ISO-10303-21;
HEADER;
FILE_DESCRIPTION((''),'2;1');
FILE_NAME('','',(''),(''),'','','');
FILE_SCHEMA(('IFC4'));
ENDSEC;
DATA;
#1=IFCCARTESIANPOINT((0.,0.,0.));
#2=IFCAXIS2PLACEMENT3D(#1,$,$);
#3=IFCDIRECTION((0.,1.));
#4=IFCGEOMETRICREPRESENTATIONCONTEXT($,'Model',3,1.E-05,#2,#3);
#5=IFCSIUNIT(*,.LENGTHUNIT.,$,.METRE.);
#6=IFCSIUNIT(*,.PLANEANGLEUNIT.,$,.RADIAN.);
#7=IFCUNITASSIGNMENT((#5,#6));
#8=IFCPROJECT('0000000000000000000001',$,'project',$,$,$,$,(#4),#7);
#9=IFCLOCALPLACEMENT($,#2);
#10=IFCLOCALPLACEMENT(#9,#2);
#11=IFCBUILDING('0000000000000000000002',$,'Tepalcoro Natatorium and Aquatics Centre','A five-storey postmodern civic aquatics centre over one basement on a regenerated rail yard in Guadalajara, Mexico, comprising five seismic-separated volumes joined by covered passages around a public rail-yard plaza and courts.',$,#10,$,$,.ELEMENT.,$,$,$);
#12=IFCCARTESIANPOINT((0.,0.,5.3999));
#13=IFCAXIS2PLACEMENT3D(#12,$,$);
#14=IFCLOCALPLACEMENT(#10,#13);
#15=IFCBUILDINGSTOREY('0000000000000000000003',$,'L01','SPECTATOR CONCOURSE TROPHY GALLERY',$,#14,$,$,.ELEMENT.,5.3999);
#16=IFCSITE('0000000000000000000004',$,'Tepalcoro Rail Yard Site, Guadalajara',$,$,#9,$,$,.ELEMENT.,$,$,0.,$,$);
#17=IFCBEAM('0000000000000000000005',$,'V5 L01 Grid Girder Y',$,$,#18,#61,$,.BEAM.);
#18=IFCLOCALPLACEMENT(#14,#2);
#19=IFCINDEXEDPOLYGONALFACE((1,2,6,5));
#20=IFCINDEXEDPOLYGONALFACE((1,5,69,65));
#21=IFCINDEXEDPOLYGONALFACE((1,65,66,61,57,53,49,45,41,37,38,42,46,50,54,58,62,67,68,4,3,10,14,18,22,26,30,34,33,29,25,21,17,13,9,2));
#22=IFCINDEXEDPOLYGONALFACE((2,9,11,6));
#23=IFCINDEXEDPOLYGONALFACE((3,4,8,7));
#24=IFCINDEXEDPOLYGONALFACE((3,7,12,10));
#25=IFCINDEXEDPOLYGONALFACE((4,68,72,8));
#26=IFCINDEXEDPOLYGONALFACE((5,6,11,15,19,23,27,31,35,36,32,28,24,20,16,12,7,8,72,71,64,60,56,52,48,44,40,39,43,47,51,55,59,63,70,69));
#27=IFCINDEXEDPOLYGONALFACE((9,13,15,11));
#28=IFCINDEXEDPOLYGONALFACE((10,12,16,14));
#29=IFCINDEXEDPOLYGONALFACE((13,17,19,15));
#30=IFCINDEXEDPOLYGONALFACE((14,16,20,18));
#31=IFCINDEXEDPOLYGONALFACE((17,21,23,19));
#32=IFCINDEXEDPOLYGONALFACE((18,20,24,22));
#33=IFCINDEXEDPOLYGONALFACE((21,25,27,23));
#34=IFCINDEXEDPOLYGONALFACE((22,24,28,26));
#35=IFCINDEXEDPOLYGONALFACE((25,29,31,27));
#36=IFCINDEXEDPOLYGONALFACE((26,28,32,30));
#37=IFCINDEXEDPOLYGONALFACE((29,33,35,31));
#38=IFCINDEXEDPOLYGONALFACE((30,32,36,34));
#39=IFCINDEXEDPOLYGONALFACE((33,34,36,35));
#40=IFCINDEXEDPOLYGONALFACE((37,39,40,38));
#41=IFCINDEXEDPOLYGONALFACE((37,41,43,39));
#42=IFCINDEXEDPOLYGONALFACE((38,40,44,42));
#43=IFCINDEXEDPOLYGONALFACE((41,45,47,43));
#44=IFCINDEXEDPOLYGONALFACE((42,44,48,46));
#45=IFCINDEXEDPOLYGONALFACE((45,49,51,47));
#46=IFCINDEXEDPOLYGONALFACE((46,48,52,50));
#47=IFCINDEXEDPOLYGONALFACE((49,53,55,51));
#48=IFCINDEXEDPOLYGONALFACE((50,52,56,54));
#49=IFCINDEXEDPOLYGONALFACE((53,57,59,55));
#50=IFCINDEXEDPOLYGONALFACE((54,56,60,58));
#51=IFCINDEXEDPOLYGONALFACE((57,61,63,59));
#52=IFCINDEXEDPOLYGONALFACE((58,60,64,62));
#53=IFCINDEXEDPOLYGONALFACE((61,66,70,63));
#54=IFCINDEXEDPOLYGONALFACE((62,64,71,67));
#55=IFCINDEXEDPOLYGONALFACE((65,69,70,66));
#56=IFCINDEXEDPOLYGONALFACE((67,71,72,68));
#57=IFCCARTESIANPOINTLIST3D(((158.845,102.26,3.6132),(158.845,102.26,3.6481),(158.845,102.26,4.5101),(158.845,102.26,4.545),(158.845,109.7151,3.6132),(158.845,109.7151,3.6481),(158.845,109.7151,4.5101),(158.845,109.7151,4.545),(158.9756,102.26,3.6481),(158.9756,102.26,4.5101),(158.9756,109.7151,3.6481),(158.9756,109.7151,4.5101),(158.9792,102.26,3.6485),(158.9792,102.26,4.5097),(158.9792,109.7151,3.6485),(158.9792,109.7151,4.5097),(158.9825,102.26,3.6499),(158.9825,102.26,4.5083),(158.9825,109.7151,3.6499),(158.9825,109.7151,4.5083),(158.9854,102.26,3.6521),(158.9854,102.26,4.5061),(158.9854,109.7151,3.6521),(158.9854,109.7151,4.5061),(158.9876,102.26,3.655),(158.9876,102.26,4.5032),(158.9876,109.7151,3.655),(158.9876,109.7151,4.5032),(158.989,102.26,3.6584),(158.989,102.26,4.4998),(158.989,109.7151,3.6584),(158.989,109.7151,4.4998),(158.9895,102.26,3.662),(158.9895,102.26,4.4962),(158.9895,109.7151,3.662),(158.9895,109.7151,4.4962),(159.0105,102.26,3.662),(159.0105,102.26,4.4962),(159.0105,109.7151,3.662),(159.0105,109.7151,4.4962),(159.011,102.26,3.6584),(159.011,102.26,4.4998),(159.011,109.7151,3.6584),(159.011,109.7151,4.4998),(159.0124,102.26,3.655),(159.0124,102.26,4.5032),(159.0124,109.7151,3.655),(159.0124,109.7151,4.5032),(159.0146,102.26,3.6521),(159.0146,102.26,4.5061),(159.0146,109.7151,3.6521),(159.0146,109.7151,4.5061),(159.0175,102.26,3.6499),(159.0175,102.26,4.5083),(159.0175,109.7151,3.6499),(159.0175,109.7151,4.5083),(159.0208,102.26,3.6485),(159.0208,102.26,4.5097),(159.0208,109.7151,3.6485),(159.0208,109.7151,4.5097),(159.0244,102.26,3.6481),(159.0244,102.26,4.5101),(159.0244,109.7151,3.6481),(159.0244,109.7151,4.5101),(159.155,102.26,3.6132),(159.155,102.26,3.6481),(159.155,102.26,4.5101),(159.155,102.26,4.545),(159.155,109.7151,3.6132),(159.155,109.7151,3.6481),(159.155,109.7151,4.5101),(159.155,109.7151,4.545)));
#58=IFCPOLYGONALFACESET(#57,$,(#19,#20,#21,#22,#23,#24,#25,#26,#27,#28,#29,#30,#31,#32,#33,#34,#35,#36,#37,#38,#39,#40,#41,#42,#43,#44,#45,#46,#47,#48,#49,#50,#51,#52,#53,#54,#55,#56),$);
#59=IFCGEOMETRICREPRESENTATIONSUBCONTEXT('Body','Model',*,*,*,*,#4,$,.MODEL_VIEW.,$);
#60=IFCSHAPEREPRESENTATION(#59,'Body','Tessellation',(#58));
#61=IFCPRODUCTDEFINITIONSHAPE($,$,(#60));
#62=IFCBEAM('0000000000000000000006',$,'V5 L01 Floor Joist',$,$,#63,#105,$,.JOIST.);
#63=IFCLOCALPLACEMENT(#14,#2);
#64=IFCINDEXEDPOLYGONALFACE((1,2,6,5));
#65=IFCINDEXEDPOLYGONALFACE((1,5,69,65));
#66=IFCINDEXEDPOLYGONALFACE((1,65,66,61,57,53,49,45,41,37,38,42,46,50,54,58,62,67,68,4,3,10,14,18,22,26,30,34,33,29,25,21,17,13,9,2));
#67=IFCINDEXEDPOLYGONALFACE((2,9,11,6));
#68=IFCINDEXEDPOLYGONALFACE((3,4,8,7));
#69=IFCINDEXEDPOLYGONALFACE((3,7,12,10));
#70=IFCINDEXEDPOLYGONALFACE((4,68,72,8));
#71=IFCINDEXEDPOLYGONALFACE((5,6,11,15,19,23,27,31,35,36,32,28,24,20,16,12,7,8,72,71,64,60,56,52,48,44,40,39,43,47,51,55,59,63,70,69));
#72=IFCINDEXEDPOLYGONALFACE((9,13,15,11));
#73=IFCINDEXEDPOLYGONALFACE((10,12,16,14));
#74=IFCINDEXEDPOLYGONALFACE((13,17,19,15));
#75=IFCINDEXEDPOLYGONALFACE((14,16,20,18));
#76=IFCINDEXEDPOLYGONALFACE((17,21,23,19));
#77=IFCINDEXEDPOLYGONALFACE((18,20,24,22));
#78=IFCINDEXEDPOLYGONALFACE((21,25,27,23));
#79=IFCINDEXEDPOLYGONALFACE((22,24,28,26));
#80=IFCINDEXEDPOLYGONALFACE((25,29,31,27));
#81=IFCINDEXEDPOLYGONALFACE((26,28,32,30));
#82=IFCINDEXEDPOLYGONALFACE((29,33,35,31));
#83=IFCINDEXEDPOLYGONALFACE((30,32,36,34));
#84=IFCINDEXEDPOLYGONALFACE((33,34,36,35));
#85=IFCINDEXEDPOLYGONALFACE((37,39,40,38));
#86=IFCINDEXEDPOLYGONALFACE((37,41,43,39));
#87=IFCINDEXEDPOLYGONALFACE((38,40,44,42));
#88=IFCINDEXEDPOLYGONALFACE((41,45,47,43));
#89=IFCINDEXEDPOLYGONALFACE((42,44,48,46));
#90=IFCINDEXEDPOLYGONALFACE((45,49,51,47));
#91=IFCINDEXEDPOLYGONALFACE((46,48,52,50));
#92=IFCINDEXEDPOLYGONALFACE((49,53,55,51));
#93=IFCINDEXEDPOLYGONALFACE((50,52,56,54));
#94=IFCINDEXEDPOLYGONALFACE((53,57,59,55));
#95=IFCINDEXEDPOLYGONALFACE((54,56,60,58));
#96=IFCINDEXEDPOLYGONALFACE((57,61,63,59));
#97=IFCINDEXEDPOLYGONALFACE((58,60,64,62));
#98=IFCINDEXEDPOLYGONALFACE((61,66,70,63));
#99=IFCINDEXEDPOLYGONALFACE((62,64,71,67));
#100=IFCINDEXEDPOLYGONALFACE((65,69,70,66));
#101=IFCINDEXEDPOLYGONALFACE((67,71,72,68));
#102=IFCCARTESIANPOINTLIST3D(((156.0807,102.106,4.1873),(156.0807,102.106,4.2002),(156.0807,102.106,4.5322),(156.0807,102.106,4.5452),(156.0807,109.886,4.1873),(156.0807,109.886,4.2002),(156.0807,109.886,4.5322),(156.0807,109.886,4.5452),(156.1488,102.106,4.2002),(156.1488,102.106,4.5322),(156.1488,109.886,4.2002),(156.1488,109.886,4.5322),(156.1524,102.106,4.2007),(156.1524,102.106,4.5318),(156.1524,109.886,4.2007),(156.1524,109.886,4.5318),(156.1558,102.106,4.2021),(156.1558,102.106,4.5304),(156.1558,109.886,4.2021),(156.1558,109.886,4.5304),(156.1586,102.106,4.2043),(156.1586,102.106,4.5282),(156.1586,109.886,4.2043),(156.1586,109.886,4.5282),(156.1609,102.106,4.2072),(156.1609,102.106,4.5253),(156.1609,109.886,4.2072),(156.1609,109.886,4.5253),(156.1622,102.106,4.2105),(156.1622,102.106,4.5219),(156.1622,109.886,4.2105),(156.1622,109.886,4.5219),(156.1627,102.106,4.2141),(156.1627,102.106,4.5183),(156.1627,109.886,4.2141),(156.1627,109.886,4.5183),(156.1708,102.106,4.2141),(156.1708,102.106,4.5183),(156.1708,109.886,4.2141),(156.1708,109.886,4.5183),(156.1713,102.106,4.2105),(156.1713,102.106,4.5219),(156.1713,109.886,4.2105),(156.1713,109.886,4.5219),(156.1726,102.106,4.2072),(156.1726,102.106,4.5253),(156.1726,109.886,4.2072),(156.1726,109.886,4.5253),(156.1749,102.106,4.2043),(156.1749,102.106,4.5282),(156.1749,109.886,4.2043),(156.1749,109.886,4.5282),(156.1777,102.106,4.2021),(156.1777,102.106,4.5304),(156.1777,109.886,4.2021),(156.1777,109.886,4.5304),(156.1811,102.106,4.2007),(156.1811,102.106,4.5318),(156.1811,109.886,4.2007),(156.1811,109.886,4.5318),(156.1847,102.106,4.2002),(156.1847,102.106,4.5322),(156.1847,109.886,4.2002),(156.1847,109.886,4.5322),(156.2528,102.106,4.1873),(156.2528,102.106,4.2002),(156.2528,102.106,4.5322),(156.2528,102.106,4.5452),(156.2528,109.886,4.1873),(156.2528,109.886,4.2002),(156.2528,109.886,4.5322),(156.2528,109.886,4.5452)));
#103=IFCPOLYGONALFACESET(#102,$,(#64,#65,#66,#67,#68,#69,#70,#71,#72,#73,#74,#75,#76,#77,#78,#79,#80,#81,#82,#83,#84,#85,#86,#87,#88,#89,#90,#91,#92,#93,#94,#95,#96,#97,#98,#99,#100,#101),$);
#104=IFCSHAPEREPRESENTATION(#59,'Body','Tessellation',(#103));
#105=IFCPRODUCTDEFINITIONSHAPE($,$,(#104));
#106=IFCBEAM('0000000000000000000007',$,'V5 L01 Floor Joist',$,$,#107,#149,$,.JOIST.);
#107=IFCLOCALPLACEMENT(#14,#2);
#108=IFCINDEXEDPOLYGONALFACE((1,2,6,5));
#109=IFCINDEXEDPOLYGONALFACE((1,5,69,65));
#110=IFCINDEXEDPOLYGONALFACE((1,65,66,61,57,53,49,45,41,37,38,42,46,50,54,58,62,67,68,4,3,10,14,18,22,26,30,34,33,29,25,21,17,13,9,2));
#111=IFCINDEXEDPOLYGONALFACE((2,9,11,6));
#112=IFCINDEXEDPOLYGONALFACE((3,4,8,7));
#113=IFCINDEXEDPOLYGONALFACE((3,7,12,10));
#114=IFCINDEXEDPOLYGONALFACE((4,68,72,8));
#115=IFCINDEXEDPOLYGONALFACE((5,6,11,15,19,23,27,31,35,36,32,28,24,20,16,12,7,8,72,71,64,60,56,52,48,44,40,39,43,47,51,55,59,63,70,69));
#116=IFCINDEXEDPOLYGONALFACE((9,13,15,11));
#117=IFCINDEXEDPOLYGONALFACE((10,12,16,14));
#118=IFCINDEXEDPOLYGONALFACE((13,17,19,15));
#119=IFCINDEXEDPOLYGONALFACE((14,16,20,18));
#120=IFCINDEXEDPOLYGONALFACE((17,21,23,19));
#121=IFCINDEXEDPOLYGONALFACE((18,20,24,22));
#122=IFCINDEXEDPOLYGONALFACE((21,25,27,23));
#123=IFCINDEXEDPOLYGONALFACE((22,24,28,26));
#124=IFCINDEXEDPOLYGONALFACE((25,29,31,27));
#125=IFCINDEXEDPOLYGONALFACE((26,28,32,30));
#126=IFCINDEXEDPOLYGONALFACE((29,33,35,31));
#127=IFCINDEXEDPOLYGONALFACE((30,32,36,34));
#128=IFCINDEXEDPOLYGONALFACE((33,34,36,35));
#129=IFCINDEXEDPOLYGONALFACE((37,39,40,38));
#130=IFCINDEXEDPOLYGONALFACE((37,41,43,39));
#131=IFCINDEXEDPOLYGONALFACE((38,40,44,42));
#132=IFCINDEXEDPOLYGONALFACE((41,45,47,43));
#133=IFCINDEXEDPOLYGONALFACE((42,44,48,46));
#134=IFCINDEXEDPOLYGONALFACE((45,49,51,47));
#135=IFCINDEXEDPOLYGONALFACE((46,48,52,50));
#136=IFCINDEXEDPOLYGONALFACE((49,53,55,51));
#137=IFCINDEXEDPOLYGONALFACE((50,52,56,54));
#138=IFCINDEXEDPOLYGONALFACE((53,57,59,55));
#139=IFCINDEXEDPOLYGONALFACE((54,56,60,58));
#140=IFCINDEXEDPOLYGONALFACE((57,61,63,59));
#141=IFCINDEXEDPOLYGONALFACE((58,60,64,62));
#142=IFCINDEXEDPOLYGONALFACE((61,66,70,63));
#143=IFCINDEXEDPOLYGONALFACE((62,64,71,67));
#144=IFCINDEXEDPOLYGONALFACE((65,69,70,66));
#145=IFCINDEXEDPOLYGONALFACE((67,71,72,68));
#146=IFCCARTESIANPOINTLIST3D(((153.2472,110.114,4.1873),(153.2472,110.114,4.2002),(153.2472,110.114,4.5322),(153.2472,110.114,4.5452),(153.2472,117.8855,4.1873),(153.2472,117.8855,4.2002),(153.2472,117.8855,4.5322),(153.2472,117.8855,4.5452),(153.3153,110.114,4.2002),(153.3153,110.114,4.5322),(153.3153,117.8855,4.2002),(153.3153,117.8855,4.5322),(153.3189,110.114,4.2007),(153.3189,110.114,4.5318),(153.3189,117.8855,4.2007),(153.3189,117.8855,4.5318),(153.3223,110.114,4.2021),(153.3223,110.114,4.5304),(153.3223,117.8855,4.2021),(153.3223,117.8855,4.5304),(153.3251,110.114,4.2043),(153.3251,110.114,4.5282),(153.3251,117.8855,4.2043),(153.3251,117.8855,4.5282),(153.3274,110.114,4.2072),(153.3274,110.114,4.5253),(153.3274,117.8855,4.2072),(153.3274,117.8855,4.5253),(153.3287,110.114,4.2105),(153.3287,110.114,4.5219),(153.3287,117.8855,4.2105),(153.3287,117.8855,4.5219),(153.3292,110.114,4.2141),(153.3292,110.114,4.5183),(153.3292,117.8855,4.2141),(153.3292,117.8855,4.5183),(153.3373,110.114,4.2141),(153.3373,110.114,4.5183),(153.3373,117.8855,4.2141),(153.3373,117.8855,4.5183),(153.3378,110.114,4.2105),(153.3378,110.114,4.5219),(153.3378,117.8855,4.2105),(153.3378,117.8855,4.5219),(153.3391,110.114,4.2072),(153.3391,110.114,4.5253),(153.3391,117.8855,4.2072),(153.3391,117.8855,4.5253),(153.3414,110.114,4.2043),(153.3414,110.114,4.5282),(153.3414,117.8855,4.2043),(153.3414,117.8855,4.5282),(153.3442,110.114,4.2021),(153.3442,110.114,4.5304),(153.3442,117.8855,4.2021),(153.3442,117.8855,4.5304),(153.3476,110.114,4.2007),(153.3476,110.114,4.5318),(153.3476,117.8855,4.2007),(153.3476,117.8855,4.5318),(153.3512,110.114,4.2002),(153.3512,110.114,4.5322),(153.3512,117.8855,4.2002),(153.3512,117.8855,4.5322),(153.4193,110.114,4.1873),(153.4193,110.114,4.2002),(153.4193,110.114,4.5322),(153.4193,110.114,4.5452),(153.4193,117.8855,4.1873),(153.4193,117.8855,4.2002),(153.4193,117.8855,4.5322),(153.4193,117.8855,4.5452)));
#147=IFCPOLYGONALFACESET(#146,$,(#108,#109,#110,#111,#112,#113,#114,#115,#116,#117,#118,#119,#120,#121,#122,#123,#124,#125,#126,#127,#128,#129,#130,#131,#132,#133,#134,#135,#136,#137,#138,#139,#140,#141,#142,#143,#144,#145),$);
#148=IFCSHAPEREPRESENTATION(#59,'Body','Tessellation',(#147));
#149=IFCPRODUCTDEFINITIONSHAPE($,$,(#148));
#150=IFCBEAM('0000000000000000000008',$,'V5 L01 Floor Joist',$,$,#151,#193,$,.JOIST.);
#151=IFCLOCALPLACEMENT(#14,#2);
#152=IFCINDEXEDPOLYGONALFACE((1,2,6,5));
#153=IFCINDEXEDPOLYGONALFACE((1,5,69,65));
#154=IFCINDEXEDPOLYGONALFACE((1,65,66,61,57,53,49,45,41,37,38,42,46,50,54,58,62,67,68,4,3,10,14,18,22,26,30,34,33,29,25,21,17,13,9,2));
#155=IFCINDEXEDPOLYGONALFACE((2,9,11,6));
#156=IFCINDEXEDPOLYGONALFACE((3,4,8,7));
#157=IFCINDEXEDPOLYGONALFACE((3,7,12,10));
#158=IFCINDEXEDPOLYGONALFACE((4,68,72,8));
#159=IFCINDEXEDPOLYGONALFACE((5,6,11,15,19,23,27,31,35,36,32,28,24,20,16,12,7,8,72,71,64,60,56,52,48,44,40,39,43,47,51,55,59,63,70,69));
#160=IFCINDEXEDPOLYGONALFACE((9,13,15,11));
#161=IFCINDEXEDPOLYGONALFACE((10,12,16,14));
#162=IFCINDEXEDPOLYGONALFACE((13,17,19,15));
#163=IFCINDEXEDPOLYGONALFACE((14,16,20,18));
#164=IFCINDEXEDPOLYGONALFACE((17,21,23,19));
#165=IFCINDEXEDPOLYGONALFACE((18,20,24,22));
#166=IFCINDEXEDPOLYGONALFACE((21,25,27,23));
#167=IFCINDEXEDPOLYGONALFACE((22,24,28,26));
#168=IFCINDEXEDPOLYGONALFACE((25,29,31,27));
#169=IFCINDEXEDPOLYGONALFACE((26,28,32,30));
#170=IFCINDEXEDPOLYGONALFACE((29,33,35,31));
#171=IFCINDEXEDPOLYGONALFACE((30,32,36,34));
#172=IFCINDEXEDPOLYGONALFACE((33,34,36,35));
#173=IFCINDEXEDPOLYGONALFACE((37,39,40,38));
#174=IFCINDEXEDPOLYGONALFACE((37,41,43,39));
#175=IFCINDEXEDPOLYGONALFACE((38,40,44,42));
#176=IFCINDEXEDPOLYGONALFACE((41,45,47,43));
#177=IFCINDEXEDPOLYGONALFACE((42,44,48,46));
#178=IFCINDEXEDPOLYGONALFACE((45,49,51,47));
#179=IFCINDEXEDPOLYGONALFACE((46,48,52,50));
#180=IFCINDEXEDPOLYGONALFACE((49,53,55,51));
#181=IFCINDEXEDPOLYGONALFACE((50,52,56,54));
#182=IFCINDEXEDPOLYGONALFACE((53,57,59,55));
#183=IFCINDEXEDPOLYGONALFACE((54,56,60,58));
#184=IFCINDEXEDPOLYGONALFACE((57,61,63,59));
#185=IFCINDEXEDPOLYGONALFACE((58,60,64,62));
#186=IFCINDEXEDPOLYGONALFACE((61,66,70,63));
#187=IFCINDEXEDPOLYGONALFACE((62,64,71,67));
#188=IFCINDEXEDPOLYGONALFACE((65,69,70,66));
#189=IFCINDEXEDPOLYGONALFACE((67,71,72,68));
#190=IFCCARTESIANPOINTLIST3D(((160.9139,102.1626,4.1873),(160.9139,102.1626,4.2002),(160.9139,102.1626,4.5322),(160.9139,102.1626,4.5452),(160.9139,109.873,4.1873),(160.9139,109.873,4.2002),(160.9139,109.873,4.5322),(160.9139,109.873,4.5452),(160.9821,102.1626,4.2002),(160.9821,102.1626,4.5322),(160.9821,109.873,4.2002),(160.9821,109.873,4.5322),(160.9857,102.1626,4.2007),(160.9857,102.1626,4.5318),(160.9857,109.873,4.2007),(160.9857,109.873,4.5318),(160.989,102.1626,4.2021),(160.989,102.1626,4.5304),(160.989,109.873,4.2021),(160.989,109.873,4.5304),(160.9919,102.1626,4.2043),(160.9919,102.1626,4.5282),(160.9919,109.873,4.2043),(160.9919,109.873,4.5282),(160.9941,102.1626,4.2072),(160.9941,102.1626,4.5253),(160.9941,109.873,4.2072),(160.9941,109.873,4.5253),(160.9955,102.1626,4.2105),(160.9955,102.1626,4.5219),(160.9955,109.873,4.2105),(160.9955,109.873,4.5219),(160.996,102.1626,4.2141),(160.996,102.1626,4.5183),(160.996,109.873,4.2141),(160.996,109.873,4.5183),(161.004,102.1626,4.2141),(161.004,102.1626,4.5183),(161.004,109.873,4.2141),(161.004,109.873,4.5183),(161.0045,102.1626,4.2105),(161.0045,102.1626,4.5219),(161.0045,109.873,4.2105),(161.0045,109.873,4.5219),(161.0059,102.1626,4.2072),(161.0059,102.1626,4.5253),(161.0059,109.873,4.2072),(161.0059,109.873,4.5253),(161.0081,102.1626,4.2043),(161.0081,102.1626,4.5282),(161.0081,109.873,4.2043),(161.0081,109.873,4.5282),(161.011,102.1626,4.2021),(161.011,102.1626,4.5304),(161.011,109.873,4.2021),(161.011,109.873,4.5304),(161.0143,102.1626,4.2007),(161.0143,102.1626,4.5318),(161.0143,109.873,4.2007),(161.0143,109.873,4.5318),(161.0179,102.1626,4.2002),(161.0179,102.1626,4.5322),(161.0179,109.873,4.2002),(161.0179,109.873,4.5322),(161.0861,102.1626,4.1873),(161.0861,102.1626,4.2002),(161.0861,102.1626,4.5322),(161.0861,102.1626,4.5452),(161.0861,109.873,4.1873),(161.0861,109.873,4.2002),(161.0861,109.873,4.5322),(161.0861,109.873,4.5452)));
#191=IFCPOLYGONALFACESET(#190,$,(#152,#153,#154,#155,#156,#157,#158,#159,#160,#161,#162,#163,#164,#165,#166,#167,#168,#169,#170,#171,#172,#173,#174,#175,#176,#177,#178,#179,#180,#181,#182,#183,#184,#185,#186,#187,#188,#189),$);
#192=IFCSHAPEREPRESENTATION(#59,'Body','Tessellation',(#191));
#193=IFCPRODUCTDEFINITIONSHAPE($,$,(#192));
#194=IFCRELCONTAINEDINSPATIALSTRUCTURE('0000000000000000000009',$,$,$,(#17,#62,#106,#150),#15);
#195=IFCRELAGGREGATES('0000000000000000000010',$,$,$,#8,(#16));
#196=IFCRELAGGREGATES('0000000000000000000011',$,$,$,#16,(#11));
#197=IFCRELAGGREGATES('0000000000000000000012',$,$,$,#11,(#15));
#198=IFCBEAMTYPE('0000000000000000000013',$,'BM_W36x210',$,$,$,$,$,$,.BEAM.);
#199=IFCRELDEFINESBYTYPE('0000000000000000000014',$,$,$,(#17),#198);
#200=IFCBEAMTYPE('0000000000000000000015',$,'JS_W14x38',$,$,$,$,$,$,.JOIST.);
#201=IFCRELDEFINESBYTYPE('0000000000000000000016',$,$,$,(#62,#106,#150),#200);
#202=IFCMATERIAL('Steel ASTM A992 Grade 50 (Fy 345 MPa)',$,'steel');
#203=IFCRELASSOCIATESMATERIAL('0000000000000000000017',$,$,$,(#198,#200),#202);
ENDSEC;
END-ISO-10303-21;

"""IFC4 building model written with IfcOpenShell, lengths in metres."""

from ifc_helpers import new_model, si_unit, direction, frame, origin, origin_2d, place, context, subcontext, project, spatial, i_section, extrude, material, material_profile, profile_set, type_object, element, save


model = new_model("IFC4")

# Units and contexts
model_context = context("Model", 3, precision=1e-05, world=origin(), true_north=direction((0.0, 1.0)))
body_context = subcontext(model_context, "Body", "Model", "MODEL_VIEW")
ifc_project = project(units=[si_unit("LENGTHUNIT", "METRE"), si_unit("PLANEANGLEUNIT", "RADIAN")], contexts=[model_context])

# Site, building, storey
site_placement = place(None, origin())
site = spatial("IfcSite", under=ifc_project, at=site_placement, Name="Tepalcoro Rail Yard Site, Guadalajara", CompositionType="ELEMENT", RefElevation=0.0)
building_placement = place(site_placement, origin())
building = spatial("IfcBuilding", under=site, at=building_placement, Name="Tepalcoro Natatorium and Aquatics Centre", Description="A five-storey postmodern civic aquatics centre over one basement on a regenerated rail yard in Guadalajara, Mexico, comprising five seismic-separated volumes joined by covered passages around a public rail-yard plaza and courts.", CompositionType="ELEMENT")
storey_placement = place(building_placement, frame((0.0, 0.0, 5.3999)))
storey = spatial("IfcBuildingStorey", under=building, at=storey_placement, Name="L01", Description="SPECTATOR CONCOURSE TROPHY GALLERY", CompositionType="ELEMENT", Elevation=5.3999)

# Beams
ifc_material_1 = material(Name="Steel ASTM A992 Grade 50 (Fy 345 MPa)", Category="steel")
ifc_material_profile_1 = material_profile(ifc_material_1, i_section(OverallWidth=0.3101, OverallDepth=0.9319, WebThickness=0.021, FlangeThickness=0.0349, FilletRadius=0.0139, at=origin_2d()), Name="W36X210")
ifc_profile_set_1 = profile_set([ifc_material_profile_1], Name="Steel ASTM A992 Grade 50 (Fy 345 MPa)")
beam_type_1 = type_object("IfcBeamType", Name="BM_W36x210", PredefinedType="BEAM", material=ifc_profile_set_1)
beam_1_placement = place(storey_placement, frame((159.0, 102.26, 4.0791), z_axis=(0.0, 1.0, 0.0), x_axis=(-1.0, 0.0, 0.0)))
element("IfcBeam", 1, at=beam_1_placement, inside=storey, type_object=beam_type_1, Name="V5 L01 Grid Girder Y", PredefinedType="BEAM", context=body_context, shape_type="SweptSolid", body=[
    extrude(i_section(OverallWidth=0.3101, OverallDepth=0.9319, WebThickness=0.021, FlangeThickness=0.0349, FilletRadius=0.0139, at=origin_2d()), origin(), (0.0, 0.0, 1.0), 7.4551),
])
ifc_material_profile_2 = material_profile(ifc_material_1, i_section(OverallWidth=0.1721, OverallDepth=0.3579, WebThickness=0.0081, FlangeThickness=0.0129, FilletRadius=0.0139, at=origin_2d()), Name="W14X38")
ifc_profile_set_2 = profile_set([ifc_material_profile_2], Name="Steel ASTM A992 Grade 50 (Fy 345 MPa)")
beam_type_2 = type_object("IfcBeamType", Name="JS_W14x38", PredefinedType="JOIST", material=ifc_profile_set_2)
beam_2_placement = place(storey_placement, frame((156.1667, 102.106, 4.3662), z_axis=(0.0, 1.0, 0.0), x_axis=(-1.0, 0.0, 0.0)))
element("IfcBeam", 2, at=beam_2_placement, inside=storey, type_object=beam_type_2, Name="V5 L01 Floor Joist", PredefinedType="JOIST", context=body_context, shape_type="SweptSolid", body=[
    extrude(i_section(OverallWidth=0.1721, OverallDepth=0.3579, WebThickness=0.0081, FlangeThickness=0.0129, FilletRadius=0.0139, at=origin_2d()), origin(), (0.0, 0.0, 1.0), 7.78),
])
beam_3_placement = place(storey_placement, frame((153.3333, 110.114, 4.3662), z_axis=(0.0, 1.0, 0.0), x_axis=(-1.0, 0.0, 0.0)))
element("IfcBeam", 3, at=beam_3_placement, inside=storey, type_object=beam_type_2, Name="V5 L01 Floor Joist", PredefinedType="JOIST", context=body_context, shape_type="SweptSolid", body=[
    extrude(i_section(OverallWidth=0.1721, OverallDepth=0.3579, WebThickness=0.0081, FlangeThickness=0.0129, FilletRadius=0.0139, at=origin_2d()), origin(), (0.0, 0.0, 1.0), 7.7715),
])
beam_4_placement = place(storey_placement, frame((161.0, 102.1626, 4.3662), z_axis=(0.0, 1.0, 0.0), x_axis=(-1.0, 0.0, 0.0)))
element("IfcBeam", 4, at=beam_4_placement, inside=storey, type_object=beam_type_2, Name="V5 L01 Floor Joist", PredefinedType="JOIST", context=body_context, shape_type="SweptSolid", body=[
    extrude(i_section(OverallWidth=0.1721, OverallDepth=0.3579, WebThickness=0.0081, FlangeThickness=0.0129, FilletRadius=0.0139, at=origin_2d()), origin(), (0.0, 0.0, 1.0), 7.7104),
])

save(model, "model.ifc")
